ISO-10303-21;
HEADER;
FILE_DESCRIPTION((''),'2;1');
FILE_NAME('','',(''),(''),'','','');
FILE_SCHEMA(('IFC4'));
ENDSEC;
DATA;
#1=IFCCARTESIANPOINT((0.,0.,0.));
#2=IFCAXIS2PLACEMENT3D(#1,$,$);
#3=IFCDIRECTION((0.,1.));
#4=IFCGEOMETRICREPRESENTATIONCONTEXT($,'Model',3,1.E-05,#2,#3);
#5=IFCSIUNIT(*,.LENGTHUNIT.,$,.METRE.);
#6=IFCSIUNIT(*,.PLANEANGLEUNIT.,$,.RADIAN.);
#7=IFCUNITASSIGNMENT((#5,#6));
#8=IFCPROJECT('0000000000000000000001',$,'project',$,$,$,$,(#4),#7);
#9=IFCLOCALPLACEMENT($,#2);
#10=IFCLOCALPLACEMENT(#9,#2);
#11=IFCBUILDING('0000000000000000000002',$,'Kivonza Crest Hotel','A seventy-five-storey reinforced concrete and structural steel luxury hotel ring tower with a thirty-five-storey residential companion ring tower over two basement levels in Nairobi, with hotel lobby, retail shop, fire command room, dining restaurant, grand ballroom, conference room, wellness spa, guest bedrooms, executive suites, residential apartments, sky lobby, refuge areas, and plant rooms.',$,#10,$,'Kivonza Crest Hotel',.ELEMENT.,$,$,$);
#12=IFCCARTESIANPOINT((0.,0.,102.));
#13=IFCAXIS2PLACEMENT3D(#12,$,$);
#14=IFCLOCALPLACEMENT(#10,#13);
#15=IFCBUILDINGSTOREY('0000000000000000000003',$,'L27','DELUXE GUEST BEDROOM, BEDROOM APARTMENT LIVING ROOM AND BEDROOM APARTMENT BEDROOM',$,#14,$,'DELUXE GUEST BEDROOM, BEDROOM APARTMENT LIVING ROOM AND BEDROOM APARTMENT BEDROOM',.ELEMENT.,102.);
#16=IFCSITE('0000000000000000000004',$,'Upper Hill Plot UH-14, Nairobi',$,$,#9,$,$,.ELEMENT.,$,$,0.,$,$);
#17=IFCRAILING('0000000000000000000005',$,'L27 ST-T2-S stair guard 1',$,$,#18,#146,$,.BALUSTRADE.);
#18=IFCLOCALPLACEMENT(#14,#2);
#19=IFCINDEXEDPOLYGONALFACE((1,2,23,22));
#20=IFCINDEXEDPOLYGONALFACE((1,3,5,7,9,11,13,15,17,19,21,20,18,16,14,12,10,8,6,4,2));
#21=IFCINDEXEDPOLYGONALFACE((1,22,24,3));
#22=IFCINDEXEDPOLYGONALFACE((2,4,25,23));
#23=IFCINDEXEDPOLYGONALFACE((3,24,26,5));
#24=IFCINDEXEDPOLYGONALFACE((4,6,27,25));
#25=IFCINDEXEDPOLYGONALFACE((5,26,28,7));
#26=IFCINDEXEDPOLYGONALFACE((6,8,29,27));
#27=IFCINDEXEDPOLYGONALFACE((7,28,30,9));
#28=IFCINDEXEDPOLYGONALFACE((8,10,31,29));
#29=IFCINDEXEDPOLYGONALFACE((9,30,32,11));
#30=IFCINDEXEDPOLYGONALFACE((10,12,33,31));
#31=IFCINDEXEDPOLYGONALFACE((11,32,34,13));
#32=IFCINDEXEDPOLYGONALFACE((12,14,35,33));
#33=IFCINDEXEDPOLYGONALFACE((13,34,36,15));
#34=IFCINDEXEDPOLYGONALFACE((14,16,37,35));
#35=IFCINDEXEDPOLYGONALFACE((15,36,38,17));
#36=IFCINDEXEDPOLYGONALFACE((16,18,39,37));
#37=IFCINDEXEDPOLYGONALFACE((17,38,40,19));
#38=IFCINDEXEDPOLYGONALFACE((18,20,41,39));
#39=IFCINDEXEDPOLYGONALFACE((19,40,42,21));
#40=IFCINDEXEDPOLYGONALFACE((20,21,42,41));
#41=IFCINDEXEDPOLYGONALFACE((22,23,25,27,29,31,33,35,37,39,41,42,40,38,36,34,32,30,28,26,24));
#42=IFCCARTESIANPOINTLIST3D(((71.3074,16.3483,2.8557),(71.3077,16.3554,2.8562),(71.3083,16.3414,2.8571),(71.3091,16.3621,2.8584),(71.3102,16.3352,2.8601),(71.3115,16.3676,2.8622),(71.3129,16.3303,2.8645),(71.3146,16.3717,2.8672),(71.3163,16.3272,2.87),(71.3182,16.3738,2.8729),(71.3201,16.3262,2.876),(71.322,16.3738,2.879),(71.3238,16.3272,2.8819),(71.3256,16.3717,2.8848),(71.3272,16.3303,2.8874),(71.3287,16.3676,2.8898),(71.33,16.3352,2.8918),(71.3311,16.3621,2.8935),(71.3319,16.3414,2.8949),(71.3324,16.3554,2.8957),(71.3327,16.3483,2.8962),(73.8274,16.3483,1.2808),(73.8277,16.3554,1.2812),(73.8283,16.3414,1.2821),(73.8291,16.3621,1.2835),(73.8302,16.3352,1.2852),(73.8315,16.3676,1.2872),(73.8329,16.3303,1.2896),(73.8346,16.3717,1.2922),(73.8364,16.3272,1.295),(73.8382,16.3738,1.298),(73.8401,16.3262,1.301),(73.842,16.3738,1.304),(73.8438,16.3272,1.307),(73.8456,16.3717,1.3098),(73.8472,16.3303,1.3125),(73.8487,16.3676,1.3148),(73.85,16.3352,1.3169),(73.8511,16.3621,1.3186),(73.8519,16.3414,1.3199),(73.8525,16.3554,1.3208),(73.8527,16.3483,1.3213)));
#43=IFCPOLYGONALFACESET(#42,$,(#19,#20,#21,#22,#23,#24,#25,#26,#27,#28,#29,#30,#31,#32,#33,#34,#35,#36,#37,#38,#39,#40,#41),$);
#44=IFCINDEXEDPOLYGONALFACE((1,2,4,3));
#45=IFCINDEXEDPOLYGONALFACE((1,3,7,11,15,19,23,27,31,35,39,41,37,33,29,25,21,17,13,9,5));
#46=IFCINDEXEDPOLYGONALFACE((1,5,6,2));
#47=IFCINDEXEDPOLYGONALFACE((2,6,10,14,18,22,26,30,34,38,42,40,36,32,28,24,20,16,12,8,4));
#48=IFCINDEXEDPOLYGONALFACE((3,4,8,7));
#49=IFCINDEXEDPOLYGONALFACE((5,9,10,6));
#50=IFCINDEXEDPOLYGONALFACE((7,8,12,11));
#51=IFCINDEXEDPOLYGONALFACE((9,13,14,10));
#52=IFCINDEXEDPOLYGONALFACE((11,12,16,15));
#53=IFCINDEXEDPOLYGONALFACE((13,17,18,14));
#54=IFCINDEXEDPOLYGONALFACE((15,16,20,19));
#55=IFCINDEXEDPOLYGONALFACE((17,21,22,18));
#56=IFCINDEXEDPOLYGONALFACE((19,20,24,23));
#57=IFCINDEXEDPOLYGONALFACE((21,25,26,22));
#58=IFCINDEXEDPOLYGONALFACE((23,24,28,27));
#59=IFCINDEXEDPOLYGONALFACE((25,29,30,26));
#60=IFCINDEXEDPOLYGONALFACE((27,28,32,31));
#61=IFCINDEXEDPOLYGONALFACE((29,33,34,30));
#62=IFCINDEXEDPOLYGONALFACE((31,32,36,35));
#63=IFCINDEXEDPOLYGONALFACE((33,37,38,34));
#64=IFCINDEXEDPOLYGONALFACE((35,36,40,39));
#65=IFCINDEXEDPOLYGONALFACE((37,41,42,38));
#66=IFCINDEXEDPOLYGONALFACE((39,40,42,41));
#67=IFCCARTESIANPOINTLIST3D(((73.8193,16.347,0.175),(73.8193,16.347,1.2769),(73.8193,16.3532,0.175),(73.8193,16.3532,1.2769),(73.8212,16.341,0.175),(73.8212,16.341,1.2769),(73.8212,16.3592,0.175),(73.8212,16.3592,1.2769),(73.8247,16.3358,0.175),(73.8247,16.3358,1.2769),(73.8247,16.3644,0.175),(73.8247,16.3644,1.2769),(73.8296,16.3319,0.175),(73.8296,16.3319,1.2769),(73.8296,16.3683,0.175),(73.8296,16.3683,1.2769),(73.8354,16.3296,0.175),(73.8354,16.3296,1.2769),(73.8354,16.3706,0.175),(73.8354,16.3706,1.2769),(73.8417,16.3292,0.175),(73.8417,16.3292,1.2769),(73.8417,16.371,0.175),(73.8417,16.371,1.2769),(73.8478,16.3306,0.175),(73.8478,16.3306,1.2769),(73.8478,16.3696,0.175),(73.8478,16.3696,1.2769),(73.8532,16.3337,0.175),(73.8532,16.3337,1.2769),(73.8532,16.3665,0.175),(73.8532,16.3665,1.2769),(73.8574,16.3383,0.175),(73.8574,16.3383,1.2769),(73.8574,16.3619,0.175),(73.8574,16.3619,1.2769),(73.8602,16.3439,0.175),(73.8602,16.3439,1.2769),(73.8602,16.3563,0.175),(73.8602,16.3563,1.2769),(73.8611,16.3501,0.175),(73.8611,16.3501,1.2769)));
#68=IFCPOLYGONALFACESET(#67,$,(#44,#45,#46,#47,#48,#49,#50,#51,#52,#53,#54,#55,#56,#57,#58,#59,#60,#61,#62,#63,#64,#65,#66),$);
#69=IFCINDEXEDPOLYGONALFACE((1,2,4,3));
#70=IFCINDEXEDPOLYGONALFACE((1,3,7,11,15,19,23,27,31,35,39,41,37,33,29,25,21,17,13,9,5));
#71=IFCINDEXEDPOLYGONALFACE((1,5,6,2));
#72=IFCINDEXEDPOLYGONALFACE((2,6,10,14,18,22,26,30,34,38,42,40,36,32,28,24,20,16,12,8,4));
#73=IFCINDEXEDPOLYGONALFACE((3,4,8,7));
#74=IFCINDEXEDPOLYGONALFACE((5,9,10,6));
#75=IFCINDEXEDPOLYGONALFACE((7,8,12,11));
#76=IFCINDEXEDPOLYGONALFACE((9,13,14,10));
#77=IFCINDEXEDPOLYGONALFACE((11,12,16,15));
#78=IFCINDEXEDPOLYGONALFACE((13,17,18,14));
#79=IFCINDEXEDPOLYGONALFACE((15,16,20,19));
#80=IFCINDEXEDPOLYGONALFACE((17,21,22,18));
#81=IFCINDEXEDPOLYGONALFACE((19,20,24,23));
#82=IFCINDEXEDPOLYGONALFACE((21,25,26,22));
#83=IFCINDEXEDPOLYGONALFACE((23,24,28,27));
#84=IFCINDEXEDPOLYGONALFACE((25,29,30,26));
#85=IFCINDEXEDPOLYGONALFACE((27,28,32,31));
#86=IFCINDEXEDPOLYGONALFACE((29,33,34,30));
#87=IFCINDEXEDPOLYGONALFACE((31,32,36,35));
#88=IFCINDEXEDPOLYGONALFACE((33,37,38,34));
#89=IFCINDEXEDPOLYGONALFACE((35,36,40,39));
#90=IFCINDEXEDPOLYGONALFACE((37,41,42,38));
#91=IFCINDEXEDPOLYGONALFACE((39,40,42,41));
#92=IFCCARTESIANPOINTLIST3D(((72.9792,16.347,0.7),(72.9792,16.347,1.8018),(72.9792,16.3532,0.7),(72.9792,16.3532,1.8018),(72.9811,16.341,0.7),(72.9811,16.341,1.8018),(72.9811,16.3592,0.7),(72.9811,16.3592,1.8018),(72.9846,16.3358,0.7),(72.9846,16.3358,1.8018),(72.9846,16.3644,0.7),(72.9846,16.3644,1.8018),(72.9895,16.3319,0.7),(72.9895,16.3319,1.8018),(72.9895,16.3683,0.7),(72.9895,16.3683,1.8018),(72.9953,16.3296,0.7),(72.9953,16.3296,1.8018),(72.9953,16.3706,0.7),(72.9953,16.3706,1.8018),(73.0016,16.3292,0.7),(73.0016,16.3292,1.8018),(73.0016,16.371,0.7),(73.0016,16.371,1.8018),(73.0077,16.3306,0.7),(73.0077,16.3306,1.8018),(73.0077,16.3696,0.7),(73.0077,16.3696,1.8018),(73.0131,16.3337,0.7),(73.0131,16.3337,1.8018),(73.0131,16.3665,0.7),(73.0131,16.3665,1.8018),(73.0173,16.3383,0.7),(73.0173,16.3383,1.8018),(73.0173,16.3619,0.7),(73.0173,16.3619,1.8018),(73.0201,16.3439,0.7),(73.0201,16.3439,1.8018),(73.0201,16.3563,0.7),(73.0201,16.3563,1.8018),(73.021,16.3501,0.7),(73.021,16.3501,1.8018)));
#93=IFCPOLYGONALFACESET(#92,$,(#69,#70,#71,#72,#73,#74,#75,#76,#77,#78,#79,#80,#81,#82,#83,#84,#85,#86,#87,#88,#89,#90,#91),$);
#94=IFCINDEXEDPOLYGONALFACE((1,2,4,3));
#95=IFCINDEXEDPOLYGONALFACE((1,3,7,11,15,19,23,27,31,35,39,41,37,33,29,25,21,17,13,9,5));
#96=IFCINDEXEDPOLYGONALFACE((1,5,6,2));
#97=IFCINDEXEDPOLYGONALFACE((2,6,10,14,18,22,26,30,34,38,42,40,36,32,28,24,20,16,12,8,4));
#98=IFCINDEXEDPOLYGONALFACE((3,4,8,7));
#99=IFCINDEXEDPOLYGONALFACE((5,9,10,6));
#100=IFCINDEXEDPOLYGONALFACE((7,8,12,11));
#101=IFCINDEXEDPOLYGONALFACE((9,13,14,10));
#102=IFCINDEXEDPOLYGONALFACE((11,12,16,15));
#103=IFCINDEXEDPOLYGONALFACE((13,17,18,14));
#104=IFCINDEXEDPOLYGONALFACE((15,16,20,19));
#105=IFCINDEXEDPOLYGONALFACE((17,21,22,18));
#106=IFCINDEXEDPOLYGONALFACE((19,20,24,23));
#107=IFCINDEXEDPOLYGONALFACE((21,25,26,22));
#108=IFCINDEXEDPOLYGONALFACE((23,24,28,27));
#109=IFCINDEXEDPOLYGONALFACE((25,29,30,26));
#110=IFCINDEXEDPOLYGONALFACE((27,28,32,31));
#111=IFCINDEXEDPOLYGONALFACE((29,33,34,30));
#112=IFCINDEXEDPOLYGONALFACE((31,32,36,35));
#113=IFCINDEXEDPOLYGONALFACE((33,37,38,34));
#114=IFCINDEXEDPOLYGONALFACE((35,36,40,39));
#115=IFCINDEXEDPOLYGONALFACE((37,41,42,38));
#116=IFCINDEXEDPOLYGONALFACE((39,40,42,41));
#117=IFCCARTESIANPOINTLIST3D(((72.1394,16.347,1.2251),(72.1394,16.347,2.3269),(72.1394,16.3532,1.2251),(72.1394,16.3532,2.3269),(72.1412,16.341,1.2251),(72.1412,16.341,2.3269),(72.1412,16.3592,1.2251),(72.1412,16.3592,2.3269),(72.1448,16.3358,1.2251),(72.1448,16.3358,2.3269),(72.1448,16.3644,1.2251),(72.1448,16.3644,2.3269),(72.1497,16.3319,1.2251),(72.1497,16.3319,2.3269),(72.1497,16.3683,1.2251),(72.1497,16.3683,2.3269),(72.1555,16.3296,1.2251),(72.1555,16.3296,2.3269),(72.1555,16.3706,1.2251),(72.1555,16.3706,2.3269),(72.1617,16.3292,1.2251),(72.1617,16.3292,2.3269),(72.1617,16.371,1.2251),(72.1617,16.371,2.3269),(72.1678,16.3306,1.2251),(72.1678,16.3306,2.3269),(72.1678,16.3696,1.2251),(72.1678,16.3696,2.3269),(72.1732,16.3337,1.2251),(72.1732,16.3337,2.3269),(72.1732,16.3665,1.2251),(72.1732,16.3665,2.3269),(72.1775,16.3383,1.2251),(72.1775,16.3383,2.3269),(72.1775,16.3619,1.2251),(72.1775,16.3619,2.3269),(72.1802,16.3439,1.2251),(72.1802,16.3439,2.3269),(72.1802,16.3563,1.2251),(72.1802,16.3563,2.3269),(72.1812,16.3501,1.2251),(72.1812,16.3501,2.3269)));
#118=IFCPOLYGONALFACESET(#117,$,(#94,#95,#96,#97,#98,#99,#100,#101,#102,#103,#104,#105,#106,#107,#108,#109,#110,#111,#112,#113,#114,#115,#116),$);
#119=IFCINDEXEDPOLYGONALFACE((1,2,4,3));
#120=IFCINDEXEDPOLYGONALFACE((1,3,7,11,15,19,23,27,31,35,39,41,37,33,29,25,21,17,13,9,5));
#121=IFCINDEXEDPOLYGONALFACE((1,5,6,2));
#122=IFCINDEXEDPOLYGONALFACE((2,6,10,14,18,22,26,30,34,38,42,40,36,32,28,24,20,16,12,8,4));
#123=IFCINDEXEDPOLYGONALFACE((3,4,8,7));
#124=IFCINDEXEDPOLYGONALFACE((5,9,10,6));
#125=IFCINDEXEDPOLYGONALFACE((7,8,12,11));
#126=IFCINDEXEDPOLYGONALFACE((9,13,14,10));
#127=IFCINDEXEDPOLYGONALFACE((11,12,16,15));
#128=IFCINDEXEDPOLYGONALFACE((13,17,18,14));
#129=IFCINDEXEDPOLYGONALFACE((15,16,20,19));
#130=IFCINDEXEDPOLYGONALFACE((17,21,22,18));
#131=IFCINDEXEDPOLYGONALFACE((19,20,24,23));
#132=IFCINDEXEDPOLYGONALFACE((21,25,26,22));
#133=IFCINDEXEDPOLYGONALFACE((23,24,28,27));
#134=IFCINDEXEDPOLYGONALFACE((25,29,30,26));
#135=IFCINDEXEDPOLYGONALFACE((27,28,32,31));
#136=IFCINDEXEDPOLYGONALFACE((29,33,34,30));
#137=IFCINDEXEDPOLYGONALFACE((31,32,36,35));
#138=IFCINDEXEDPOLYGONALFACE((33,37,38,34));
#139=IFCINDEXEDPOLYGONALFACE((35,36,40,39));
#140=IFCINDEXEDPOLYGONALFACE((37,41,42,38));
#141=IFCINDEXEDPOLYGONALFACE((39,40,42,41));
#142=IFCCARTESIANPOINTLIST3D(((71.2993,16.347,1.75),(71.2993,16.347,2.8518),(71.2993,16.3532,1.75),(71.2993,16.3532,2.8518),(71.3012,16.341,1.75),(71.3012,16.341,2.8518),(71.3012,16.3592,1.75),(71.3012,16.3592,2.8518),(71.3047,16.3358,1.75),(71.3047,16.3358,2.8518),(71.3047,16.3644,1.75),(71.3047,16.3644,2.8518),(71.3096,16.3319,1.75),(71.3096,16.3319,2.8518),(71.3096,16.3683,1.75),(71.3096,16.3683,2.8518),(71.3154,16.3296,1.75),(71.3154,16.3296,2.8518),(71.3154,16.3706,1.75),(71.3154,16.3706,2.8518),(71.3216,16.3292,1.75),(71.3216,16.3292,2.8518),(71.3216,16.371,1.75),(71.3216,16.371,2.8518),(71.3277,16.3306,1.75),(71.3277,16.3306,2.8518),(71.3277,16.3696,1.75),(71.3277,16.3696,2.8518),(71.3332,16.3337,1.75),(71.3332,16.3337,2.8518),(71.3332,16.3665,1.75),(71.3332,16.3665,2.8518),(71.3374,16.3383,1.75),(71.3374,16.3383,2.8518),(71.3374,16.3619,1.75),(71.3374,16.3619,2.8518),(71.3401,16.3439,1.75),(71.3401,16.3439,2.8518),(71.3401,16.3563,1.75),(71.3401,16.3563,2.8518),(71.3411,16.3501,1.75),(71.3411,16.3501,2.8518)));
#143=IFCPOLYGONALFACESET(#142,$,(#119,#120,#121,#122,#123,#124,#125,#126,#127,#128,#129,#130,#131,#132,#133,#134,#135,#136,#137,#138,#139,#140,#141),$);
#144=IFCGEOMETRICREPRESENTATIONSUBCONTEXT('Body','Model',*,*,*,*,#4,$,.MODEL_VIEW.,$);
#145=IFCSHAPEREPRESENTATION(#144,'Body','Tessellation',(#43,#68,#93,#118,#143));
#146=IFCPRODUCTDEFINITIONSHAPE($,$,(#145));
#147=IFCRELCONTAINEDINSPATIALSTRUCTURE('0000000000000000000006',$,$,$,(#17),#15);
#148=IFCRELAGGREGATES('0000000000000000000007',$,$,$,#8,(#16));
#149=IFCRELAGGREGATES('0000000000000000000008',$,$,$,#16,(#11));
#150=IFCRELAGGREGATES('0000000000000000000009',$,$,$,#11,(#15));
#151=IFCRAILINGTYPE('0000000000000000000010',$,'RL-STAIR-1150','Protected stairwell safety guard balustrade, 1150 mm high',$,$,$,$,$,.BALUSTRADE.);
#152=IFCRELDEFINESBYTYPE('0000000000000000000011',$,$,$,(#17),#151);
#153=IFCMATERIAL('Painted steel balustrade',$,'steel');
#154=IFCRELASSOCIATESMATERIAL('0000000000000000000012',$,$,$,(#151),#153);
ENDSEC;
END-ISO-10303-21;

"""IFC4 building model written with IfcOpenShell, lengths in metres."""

from ifc_helpers import new_model, si_unit, direction, frame, origin, origin_2d, place, context, subcontext, project, spatial, circle, extrude, material, type_object, element, save


model = new_model("IFC4")

# Units and contexts
model_context = context("Model", 3, precision=1e-05, world=origin(), true_north=direction((0.0, 1.0)))
body_context = subcontext(model_context, "Body", "Model", "MODEL_VIEW")
ifc_project = project(units=[si_unit("LENGTHUNIT", "METRE"), si_unit("PLANEANGLEUNIT", "RADIAN")], contexts=[model_context])

# Site, building, storey
site_placement = place(None, origin())
site = spatial("IfcSite", under=ifc_project, at=site_placement, Name="Upper Hill Plot UH-14, Nairobi", CompositionType="ELEMENT", RefElevation=0.0)
building_placement = place(site_placement, origin())
building = spatial("IfcBuilding", under=site, at=building_placement, Name="Kivonza Crest Hotel", Description="A seventy-five-storey reinforced concrete and structural steel luxury hotel ring tower with a thirty-five-storey residential companion ring tower over two basement levels in Nairobi, with hotel lobby, retail shop, fire command room, dining restaurant, grand ballroom, conference room, wellness spa, guest bedrooms, executive suites, residential apartments, sky lobby, refuge areas, and plant rooms.", LongName="Kivonza Crest Hotel", CompositionType="ELEMENT")
storey_placement = place(building_placement, frame((0.0, 0.0, 102.0)))
storey = spatial("IfcBuildingStorey", under=building, at=storey_placement, Name="L27", Description="DELUXE GUEST BEDROOM, BEDROOM APARTMENT LIVING ROOM AND BEDROOM APARTMENT BEDROOM", LongName="DELUXE GUEST BEDROOM, BEDROOM APARTMENT LIVING ROOM AND BEDROOM APARTMENT BEDROOM", CompositionType="ELEMENT", Elevation=102.0)

# Railing
ifc_material_1 = material(Name="Painted steel balustrade", Category="steel")
railing_type_1 = type_object("IfcRailingType", Name="RL-STAIR-1150", Description="Protected stairwell safety guard balustrade, 1150 mm high", PredefinedType="BALUSTRADE", material=ifc_material_1)
railing_1_placement = place(storey_placement, frame((73.8401, 16.3501, 0.175)))
element("IfcRailing", 1, at=railing_1_placement, inside=storey, type_object=railing_type_1, Name="L27 ST-T2-S stair guard 1", PredefinedType="BALUSTRADE", context=body_context, shape_type="SweptSolid", body=[
    extrude(circle(Radius=0.0239, at=origin_2d()), frame((0.0, 0.0, 1.126), z_axis=(-0.848008, 0.0, 0.529984), x_axis=(0.0, -1.0, 0.0)), (0.0, 0.0, 1.0), 2.9717),
    extrude(circle(Radius=0.021, at=origin_2d()), origin(), (0.0, 0.0, 1.0), 1.1018),
    extrude(circle(Radius=0.021, at=origin_2d()), frame((-0.8401, 0.0, 0.5249)), (0.0, 0.0, 1.0), 1.1018),
    extrude(circle(Radius=0.021, at=origin_2d()), frame((-1.6799, 0.0, 1.05)), (0.0, 0.0, 1.0), 1.1018),
    extrude(circle(Radius=0.021, at=origin_2d()), frame((-2.52, 0.0, 1.575)), (0.0, 0.0, 1.0), 1.1018),
])

save(model, "model.ifc")
